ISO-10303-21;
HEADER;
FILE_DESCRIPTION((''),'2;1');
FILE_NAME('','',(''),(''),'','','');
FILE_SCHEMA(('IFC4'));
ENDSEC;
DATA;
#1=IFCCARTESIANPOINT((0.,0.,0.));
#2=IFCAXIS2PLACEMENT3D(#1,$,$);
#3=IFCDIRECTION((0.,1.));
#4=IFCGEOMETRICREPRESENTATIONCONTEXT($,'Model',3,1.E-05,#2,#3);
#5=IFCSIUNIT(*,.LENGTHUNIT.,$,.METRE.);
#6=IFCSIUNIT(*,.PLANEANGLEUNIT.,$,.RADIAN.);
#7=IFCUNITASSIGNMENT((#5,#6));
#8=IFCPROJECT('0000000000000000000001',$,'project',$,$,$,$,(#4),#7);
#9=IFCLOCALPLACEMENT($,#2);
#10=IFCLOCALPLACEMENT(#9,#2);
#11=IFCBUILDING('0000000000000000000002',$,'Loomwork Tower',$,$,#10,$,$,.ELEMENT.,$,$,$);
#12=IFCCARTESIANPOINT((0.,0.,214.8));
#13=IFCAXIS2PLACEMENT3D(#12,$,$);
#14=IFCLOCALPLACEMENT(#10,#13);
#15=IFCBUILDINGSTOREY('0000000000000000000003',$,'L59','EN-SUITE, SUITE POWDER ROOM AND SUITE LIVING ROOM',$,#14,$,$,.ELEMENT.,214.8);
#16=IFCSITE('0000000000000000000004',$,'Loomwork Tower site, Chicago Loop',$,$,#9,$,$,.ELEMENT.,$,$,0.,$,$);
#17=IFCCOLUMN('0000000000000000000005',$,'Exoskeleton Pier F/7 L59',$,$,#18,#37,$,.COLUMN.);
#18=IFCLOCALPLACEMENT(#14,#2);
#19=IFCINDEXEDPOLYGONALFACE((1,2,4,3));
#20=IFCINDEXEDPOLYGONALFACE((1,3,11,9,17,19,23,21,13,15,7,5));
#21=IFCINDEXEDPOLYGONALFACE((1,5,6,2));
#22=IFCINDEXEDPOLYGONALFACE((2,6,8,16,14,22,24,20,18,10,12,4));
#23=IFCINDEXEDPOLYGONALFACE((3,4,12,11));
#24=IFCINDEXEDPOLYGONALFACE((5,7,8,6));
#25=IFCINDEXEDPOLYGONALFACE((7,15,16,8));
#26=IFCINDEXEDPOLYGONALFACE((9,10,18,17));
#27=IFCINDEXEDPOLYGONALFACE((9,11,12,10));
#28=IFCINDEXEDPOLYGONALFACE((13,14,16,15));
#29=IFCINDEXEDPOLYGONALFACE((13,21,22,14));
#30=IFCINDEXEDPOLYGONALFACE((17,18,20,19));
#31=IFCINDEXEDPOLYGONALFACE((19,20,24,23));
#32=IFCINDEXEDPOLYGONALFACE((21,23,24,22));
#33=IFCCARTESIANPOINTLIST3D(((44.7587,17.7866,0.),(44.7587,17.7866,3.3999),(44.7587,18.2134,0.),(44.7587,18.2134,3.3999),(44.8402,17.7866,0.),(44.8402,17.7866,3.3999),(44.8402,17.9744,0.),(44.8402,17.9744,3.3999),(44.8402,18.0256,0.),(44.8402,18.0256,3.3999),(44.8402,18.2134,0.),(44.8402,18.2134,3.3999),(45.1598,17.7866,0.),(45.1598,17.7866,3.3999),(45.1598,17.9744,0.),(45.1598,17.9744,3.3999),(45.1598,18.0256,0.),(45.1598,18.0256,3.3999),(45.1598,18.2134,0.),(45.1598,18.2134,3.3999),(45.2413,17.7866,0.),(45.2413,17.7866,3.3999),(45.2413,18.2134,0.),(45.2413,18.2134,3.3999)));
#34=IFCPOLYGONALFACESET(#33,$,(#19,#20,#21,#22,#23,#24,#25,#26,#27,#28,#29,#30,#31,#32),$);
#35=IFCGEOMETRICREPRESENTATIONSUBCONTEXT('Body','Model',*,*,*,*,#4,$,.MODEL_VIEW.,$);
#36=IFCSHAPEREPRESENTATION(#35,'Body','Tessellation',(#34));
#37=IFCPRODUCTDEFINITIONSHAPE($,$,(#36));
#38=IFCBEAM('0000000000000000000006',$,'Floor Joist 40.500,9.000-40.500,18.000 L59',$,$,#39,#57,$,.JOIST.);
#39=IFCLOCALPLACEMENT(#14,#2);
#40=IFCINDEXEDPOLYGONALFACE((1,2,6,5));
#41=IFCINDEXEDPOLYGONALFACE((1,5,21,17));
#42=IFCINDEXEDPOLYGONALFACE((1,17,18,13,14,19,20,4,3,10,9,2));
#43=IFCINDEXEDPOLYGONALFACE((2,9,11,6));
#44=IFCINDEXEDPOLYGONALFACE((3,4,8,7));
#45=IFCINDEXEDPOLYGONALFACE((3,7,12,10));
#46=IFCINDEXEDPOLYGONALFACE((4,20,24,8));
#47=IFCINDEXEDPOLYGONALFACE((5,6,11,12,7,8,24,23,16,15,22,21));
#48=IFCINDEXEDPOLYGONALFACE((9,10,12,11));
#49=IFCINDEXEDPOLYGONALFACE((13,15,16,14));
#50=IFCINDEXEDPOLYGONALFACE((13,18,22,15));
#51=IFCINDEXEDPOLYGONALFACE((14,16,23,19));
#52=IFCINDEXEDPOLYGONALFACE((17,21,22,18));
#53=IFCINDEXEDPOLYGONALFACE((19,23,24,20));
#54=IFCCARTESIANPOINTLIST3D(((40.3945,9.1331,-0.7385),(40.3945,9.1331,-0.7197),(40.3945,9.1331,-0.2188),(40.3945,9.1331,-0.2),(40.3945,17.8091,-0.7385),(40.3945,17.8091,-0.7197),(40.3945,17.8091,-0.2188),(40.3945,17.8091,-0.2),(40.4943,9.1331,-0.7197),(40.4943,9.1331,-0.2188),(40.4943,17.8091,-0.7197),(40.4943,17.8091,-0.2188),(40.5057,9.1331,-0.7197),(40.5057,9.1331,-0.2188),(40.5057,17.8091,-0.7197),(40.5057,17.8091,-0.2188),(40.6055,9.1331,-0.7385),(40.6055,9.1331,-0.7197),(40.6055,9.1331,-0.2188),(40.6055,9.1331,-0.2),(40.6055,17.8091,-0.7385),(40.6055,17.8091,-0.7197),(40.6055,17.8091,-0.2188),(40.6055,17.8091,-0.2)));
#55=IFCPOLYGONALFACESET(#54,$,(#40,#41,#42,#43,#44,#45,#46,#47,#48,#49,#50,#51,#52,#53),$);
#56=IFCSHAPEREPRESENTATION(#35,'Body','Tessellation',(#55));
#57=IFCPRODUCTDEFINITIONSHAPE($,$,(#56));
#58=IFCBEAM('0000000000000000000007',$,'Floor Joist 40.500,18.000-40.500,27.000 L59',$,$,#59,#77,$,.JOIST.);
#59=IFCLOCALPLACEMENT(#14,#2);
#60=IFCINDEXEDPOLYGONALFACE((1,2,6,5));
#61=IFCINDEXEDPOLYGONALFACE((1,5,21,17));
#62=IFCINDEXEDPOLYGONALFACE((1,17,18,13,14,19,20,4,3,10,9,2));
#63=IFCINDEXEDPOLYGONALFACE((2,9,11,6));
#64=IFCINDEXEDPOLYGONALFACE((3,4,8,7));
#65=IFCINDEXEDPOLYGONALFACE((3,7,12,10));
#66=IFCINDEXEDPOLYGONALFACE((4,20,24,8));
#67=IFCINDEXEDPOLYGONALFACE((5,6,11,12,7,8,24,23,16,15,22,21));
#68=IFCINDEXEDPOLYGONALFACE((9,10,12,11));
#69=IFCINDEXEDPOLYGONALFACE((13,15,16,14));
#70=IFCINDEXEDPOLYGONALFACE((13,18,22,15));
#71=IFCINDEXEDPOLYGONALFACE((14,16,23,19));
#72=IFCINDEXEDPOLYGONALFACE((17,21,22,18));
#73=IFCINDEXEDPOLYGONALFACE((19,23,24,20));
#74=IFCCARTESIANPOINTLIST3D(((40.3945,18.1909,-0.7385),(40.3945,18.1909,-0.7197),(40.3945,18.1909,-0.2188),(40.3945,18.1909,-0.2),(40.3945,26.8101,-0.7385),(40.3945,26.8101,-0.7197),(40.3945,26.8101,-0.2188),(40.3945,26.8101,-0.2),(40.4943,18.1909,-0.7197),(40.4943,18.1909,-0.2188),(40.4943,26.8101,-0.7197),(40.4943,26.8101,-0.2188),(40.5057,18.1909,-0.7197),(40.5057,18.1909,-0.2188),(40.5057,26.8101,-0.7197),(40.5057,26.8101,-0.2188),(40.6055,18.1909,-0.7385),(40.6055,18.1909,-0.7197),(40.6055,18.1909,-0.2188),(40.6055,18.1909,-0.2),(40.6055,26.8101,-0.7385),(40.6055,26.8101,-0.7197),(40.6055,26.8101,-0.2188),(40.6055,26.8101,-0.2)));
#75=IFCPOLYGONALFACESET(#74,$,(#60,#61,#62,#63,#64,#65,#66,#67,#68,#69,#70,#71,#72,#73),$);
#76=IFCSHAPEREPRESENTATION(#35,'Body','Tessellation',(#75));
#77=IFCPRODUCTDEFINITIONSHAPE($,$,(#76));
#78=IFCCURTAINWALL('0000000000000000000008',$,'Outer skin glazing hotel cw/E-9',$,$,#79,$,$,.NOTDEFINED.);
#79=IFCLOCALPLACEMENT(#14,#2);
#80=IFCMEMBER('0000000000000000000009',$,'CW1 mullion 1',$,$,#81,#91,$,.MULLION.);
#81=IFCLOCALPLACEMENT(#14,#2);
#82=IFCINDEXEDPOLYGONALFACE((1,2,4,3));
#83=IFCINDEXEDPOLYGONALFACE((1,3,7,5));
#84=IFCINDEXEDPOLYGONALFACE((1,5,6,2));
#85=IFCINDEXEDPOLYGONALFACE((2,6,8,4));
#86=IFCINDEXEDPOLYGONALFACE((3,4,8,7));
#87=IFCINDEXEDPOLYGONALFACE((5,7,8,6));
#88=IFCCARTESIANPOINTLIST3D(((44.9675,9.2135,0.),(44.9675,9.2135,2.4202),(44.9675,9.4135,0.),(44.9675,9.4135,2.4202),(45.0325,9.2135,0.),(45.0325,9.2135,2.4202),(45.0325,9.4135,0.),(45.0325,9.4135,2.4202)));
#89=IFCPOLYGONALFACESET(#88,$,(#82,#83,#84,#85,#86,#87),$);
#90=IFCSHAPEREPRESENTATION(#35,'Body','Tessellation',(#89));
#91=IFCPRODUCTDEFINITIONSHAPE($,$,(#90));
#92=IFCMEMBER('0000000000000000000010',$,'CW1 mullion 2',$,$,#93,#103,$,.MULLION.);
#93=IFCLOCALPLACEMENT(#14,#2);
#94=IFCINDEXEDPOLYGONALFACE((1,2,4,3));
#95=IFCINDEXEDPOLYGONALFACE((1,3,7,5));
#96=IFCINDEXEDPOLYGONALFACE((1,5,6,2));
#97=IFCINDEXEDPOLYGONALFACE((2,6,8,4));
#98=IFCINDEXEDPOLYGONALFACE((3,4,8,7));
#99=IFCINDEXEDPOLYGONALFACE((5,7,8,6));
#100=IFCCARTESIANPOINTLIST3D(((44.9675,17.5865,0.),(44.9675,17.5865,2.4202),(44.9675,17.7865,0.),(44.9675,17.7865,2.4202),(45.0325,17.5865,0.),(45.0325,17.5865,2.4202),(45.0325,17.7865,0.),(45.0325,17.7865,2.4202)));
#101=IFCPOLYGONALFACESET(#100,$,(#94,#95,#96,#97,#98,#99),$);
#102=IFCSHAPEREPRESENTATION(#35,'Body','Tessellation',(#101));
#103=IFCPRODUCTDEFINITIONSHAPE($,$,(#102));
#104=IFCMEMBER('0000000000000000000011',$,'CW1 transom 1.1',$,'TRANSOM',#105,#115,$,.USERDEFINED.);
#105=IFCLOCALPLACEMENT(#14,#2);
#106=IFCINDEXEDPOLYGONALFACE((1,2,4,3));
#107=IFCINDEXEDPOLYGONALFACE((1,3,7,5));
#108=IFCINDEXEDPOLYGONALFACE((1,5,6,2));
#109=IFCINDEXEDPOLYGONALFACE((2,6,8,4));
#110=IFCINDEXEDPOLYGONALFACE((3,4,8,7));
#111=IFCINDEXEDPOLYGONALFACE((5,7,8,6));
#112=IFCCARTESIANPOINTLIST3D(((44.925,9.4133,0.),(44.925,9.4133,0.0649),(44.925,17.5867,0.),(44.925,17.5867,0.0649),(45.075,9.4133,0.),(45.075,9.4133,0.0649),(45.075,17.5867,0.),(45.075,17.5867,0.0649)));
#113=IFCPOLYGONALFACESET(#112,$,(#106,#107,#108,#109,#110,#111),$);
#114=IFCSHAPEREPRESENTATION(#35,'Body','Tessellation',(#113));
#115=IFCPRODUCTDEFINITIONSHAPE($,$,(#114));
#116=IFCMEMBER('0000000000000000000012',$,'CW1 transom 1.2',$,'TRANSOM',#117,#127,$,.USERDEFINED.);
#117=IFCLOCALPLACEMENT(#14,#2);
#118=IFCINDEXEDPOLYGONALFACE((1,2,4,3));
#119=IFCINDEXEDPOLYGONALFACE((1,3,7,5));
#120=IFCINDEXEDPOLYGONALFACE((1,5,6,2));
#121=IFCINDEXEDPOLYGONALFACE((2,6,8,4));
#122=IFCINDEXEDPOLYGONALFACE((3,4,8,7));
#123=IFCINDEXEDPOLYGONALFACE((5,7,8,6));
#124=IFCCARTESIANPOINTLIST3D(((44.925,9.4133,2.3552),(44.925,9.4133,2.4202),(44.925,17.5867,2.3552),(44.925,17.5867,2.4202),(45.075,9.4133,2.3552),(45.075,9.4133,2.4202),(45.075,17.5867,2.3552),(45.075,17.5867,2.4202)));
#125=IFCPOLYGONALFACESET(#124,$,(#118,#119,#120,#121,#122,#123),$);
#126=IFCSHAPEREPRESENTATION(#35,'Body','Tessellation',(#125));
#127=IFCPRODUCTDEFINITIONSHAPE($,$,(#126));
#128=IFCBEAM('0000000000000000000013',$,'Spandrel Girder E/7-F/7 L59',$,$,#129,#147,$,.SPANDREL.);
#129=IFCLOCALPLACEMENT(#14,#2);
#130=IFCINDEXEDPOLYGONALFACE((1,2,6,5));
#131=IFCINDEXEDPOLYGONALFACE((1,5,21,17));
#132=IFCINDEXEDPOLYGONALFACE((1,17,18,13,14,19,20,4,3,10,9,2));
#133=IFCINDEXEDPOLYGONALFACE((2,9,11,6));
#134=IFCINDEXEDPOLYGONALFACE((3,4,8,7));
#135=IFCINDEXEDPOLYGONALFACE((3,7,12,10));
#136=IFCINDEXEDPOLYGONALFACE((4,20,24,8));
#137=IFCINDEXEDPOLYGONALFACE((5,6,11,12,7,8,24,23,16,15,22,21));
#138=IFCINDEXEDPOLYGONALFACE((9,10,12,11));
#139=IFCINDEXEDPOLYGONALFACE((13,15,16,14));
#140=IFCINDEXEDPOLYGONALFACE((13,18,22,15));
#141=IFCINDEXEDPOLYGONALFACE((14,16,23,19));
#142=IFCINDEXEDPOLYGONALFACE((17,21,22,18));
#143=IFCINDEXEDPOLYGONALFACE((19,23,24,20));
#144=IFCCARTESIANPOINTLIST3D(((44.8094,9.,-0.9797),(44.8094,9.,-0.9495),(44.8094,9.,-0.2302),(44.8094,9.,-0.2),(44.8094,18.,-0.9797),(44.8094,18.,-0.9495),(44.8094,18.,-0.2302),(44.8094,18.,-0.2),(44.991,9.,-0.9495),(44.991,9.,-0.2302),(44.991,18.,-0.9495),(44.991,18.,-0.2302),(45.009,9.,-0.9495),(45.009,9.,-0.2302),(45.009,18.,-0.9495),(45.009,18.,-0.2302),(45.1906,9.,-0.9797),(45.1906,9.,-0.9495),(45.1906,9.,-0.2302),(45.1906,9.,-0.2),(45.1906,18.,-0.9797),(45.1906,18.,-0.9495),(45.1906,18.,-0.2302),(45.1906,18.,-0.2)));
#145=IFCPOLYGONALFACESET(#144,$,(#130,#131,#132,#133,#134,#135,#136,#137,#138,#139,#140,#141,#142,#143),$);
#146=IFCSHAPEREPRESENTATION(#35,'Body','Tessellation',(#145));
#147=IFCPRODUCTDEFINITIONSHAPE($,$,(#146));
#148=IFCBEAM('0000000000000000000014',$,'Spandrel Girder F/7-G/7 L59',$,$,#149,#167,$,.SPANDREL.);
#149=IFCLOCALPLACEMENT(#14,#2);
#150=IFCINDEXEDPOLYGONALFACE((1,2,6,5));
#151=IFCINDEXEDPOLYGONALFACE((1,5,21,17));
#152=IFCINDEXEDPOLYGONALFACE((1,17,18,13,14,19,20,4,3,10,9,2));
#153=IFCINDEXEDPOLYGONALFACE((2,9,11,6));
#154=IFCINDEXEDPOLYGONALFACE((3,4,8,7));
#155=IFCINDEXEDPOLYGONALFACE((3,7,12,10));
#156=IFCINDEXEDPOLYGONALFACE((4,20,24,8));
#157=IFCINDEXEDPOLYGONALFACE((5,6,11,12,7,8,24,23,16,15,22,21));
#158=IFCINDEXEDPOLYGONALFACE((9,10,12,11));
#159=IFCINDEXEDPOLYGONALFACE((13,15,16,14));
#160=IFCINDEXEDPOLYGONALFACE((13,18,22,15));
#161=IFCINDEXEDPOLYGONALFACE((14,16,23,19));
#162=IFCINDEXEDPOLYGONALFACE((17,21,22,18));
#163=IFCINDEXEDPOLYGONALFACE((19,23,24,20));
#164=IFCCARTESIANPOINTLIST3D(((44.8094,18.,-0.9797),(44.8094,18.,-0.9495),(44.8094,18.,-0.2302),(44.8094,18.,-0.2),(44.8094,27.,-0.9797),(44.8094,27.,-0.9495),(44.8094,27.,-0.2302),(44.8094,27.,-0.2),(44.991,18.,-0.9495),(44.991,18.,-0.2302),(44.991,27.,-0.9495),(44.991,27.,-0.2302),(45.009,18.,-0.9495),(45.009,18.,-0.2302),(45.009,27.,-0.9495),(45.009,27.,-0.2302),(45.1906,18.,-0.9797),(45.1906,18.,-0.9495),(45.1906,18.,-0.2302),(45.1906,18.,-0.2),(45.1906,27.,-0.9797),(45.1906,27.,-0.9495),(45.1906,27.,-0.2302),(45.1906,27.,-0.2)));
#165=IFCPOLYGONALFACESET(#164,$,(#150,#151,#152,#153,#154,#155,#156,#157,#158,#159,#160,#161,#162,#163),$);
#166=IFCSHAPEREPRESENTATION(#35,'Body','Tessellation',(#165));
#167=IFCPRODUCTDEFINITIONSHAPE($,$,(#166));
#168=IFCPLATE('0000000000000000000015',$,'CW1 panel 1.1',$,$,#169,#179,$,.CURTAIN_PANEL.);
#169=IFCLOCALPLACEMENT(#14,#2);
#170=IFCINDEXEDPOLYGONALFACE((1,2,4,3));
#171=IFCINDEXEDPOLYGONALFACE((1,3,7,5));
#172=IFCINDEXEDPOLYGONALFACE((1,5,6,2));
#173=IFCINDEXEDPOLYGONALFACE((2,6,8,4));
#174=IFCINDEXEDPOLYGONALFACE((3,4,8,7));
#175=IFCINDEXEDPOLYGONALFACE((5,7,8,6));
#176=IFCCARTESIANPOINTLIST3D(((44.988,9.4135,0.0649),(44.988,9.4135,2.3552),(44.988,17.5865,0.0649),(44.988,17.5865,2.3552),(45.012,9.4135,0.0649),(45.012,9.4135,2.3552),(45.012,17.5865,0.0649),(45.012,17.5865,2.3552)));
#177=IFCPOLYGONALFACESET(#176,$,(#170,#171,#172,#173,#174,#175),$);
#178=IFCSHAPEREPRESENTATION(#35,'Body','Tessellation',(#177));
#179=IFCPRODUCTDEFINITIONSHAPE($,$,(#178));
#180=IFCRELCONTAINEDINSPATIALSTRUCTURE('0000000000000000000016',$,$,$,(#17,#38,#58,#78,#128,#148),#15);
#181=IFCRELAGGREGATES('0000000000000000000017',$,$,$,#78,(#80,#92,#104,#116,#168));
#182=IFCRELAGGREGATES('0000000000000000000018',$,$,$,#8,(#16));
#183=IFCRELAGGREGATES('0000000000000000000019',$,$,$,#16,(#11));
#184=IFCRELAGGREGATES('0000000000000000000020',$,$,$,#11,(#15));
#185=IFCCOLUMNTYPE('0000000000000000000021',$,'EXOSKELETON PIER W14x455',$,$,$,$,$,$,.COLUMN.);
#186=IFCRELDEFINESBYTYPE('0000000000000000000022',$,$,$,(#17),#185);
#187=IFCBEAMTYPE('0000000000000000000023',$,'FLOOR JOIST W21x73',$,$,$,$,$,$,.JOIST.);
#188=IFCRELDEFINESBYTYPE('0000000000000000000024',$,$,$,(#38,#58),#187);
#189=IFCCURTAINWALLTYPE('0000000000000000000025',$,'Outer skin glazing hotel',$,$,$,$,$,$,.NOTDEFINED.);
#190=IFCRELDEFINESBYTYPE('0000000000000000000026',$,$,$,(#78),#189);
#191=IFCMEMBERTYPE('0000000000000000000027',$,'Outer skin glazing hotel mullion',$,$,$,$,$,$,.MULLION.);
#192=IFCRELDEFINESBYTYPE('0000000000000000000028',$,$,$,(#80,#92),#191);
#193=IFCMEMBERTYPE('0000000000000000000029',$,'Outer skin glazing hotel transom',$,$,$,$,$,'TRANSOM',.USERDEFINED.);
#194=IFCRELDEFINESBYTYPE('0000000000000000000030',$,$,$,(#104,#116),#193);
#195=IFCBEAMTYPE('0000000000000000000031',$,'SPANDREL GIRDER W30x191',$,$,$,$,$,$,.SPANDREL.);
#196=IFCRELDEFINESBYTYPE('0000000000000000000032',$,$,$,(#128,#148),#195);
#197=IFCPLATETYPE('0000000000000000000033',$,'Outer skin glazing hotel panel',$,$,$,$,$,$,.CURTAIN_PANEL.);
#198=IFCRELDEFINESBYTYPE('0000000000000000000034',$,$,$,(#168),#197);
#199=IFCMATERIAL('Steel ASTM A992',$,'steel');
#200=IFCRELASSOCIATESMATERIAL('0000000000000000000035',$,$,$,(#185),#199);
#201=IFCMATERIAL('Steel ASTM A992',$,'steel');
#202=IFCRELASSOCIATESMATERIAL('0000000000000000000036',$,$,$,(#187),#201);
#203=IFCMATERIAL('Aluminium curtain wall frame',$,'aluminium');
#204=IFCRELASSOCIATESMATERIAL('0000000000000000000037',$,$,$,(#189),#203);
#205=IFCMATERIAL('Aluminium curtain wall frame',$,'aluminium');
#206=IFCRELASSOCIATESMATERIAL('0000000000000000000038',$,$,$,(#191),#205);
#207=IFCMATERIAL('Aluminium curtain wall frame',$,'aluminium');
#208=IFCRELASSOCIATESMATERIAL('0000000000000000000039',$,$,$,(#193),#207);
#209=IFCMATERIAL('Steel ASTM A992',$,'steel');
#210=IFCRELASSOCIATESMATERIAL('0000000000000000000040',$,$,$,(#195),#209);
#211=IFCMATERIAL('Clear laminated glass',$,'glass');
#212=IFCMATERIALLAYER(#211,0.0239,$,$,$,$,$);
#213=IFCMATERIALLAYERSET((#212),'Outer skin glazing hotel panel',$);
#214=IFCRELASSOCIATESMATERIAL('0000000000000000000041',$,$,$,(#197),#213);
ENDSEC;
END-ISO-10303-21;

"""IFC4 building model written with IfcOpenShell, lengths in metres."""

from ifc_helpers import new_model, si_unit, direction, frame, origin, origin_2d, place, context, subcontext, project, spatial, rectangle, i_section, extrude, material, layer, layer_set, material_profile, profile_set, type_object, element, aggregate, save


model = new_model("IFC4")

# Units and contexts
model_context = context("Model", 3, precision=1e-05, world=origin(), true_north=direction((0.0, 1.0)))
body_context = subcontext(model_context, "Body", "Model", "MODEL_VIEW")
ifc_project = project(units=[si_unit("LENGTHUNIT", "METRE"), si_unit("PLANEANGLEUNIT", "RADIAN")], contexts=[model_context])

# Site, building, storey
site_placement = place(None, origin())
site = spatial("IfcSite", under=ifc_project, at=site_placement, Name="Loomwork Tower site, Chicago Loop", CompositionType="ELEMENT", RefElevation=0.0)
building_placement = place(site_placement, origin())
building = spatial("IfcBuilding", under=site, at=building_placement, Name="Loomwork Tower", CompositionType="ELEMENT")
storey_placement = place(building_placement, frame((0.0, 0.0, 214.8)))
storey = spatial("IfcBuildingStorey", under=building, at=storey_placement, Name="L59", Description="EN-SUITE, SUITE POWDER ROOM AND SUITE LIVING ROOM", CompositionType="ELEMENT", Elevation=214.8)

# Column
ifc_material_1 = material(Name="Steel ASTM A992", Category="steel")
ifc_material_profile_1 = material_profile(ifc_material_1, i_section(OverallWidth=0.4268, OverallDepth=0.4827, WebThickness=0.0513, FlangeThickness=0.0815, at=origin_2d()), Name="W14x455")
ifc_profile_set_1 = profile_set([ifc_material_profile_1], Name="Steel ASTM A992")
column_type = type_object("IfcColumnType", Name="EXOSKELETON PIER W14x455", PredefinedType="COLUMN", material=ifc_profile_set_1)
column_placement = place(storey_placement, frame((45.0, 18.0, 0.0), z_axis=(0.0, 0.0, 1.0), x_axis=(0.0, 1.0, 0.0)))
element("IfcColumn", 1, at=column_placement, inside=storey, type_object=column_type, Name="Exoskeleton Pier F/7 L59", PredefinedType="COLUMN", context=body_context, shape_type="SweptSolid", body=[
    extrude(i_section(OverallWidth=0.4268, OverallDepth=0.4827, WebThickness=0.0513, FlangeThickness=0.0815, at=origin_2d()), origin(), (0.0, 0.0, 1.0), 3.3999),
])

# Beams
ifc_material_2 = material(Name="Steel ASTM A992", Category="steel")
ifc_material_profile_2 = material_profile(ifc_material_2, i_section(OverallWidth=0.2109, OverallDepth=0.5386, WebThickness=0.0115, FlangeThickness=0.0188, at=origin_2d()), Name="W21x73")
ifc_profile_set_2 = profile_set([ifc_material_profile_2], Name="Steel ASTM A992")
beam_type_1 = type_object("IfcBeamType", Name="FLOOR JOIST W21x73", PredefinedType="JOIST", material=ifc_profile_set_2)
beam_1_placement = place(storey_placement, frame((40.5, 9.1331, -0.4692), z_axis=(0.0, 1.0, 0.0), x_axis=(-1.0, 0.0, 0.0)))
element("IfcBeam", 2, at=beam_1_placement, inside=storey, type_object=beam_type_1, Name="Floor Joist 40.500,9.000-40.500,18.000 L59", PredefinedType="JOIST", context=body_context, shape_type="SweptSolid", body=[
    extrude(i_section(OverallWidth=0.2109, OverallDepth=0.5386, WebThickness=0.0115, FlangeThickness=0.0188, at=origin_2d()), origin(), (0.0, 0.0, 1.0), 8.676),
])
beam_2_placement = place(storey_placement, frame((40.5, 18.1909, -0.4692), z_axis=(0.0, 1.0, 0.0), x_axis=(-1.0, 0.0, 0.0)))
element("IfcBeam", 3, at=beam_2_placement, inside=storey, type_object=beam_type_1, Name="Floor Joist 40.500,18.000-40.500,27.000 L59", PredefinedType="JOIST", context=body_context, shape_type="SweptSolid", body=[
    extrude(i_section(OverallWidth=0.2109, OverallDepth=0.5386, WebThickness=0.0115, FlangeThickness=0.0188, at=origin_2d()), origin(), (0.0, 0.0, 1.0), 8.6191),
])

# Curtain wall, members
ifc_material_3 = material(Name="Aluminium curtain wall frame", Category="aluminium")
curtain_wall_type = type_object("IfcCurtainWallType", Name="Outer skin glazing hotel", PredefinedType="NOTDEFINED", material=ifc_material_3)
curtain_wall_placement = place(storey_placement, origin())
curtain_wall = element("IfcCurtainWall", 4, at=curtain_wall_placement, inside=storey, type_object=curtain_wall_type, Name="Outer skin glazing hotel cw/E-9", PredefinedType="NOTDEFINED")
ifc_material_4 = material(Name="Aluminium curtain wall frame", Category="aluminium")
ifc_material_profile_3 = material_profile(ifc_material_4, rectangle(XDim=0.0649, YDim=0.2, at=origin_2d()), Name="AL 65x200")
ifc_profile_set_3 = profile_set([ifc_material_profile_3], Name="Aluminium curtain wall frame")
member_type_1 = type_object("IfcMemberType", Name="Outer skin glazing hotel mullion", PredefinedType="MULLION", material=ifc_profile_set_3)
member_1_placement = place(storey_placement, frame((45.0, 9.3135, 0.0), z_axis=(0.0, 0.0, 1.0), x_axis=(-1.0, 0.0, 0.0)))
member_1 = element("IfcMember", 5, at=member_1_placement, type_object=member_type_1, Name="CW1 mullion 1", PredefinedType="MULLION", context=body_context, shape_type="SweptSolid", body=[
    extrude(rectangle(XDim=0.0649, YDim=0.2, at=origin_2d()), origin(), (0.0, 0.0, 1.0), 2.4202),
])
member_2_placement = place(storey_placement, frame((45.0, 17.6865, 0.0), z_axis=(0.0, 0.0, 1.0), x_axis=(-1.0, 0.0, 0.0)))
member_2 = element("IfcMember", 6, at=member_2_placement, type_object=member_type_1, Name="CW1 mullion 2", PredefinedType="MULLION", context=body_context, shape_type="SweptSolid", body=[
    extrude(rectangle(XDim=0.0649, YDim=0.2, at=origin_2d()), origin(), (0.0, 0.0, 1.0), 2.4202),
])
ifc_material_5 = material(Name="Aluminium curtain wall frame", Category="aluminium")
ifc_material_profile_4 = material_profile(ifc_material_5, rectangle(XDim=0.1499, YDim=0.0649, at=origin_2d()), Name="AL 65x150")
ifc_profile_set_4 = profile_set([ifc_material_profile_4], Name="Aluminium curtain wall frame")
member_type_2 = type_object("IfcMemberType", Name="Outer skin glazing hotel transom", ElementType="TRANSOM", PredefinedType="USERDEFINED", material=ifc_profile_set_4)
member_3_placement = place(storey_placement, frame((45.0, 9.4133, 0.0325), z_axis=(0.0, 1.0, 0.0), x_axis=(-1.0, 0.0, 0.0)))
member_3 = element("IfcMember", 7, at=member_3_placement, type_object=member_type_2, Name="CW1 transom 1.1", ObjectType="TRANSOM", PredefinedType="USERDEFINED", context=body_context, shape_type="SweptSolid", body=[
    extrude(rectangle(XDim=0.1499, YDim=0.0649, at=origin_2d()), origin(), (0.0, 0.0, 1.0), 8.1733),
])
member_4_placement = place(storey_placement, frame((45.0, 9.4133, 2.3877), z_axis=(0.0, 1.0, 0.0), x_axis=(-1.0, 0.0, 0.0)))
member_4 = element("IfcMember", 8, at=member_4_placement, type_object=member_type_2, Name="CW1 transom 1.2", ObjectType="TRANSOM", PredefinedType="USERDEFINED", context=body_context, shape_type="SweptSolid", body=[
    extrude(rectangle(XDim=0.1499, YDim=0.0649, at=origin_2d()), origin(), (0.0, 0.0, 1.0), 8.1733),
])

# Beams
ifc_material_6 = material(Name="Steel ASTM A992", Category="steel")
ifc_material_profile_5 = material_profile(ifc_material_6, i_section(OverallWidth=0.3811, OverallDepth=0.7798, WebThickness=0.0181, FlangeThickness=0.0303, at=origin_2d()), Name="W30x191")
ifc_profile_set_5 = profile_set([ifc_material_profile_5], Name="Steel ASTM A992")
beam_type_2 = type_object("IfcBeamType", Name="SPANDREL GIRDER W30x191", PredefinedType="SPANDREL", material=ifc_profile_set_5)
for number, where, z_axis, x_axis, name in (
    (9, (45.0, 9.0, -0.5898), (0.0, 1.0, 0.0), (-1.0, 0.0, 0.0), "Spandrel Girder E/7-F/7 L59"),
    (10, (45.0, 18.0, -0.5898), (0.0, 1.0, 0.0), (-1.0, 0.0, 0.0), "Spandrel Girder F/7-G/7 L59"),
):
    element("IfcBeam", number, at=place(storey_placement, frame(where, z_axis=z_axis, x_axis=x_axis)), inside=storey, type_object=beam_type_2, Name=name, PredefinedType="SPANDREL", context=body_context, shape_type="SweptSolid", body=[
        extrude(i_section(OverallWidth=0.3811, OverallDepth=0.7798, WebThickness=0.0181, FlangeThickness=0.0303, at=origin_2d()), origin(), (0.0, 0.0, 1.0), 9.0),
    ])

# Plate
ifc_material_7 = material(Name="Clear laminated glass", Category="glass")
ifc_layer_1 = layer(ifc_material_7, 0.0239)
ifc_layer_set_1 = layer_set([ifc_layer_1], Name="Outer skin glazing hotel panel")
plate_type = type_object("IfcPlateType", Name="Outer skin glazing hotel panel", PredefinedType="CURTAIN_PANEL", material=ifc_layer_set_1)
plate_placement = place(storey_placement, frame((45.0, 13.5, 0.0649), z_axis=(0.0, 0.0, 1.0), x_axis=(0.0, 1.0, 0.0)))
plate = element("IfcPlate", 11, at=plate_placement, type_object=plate_type, Name="CW1 panel 1.1", PredefinedType="CURTAIN_PANEL", context=body_context, shape_type="SweptSolid", body=[
    extrude(rectangle(XDim=8.1731, YDim=0.0239, at=origin_2d()), origin(), (0.0, 0.0, 1.0), 2.2903),
])
aggregate(curtain_wall, [member_1, member_2, member_3, member_4, plate])

save(model, "model.ifc")
